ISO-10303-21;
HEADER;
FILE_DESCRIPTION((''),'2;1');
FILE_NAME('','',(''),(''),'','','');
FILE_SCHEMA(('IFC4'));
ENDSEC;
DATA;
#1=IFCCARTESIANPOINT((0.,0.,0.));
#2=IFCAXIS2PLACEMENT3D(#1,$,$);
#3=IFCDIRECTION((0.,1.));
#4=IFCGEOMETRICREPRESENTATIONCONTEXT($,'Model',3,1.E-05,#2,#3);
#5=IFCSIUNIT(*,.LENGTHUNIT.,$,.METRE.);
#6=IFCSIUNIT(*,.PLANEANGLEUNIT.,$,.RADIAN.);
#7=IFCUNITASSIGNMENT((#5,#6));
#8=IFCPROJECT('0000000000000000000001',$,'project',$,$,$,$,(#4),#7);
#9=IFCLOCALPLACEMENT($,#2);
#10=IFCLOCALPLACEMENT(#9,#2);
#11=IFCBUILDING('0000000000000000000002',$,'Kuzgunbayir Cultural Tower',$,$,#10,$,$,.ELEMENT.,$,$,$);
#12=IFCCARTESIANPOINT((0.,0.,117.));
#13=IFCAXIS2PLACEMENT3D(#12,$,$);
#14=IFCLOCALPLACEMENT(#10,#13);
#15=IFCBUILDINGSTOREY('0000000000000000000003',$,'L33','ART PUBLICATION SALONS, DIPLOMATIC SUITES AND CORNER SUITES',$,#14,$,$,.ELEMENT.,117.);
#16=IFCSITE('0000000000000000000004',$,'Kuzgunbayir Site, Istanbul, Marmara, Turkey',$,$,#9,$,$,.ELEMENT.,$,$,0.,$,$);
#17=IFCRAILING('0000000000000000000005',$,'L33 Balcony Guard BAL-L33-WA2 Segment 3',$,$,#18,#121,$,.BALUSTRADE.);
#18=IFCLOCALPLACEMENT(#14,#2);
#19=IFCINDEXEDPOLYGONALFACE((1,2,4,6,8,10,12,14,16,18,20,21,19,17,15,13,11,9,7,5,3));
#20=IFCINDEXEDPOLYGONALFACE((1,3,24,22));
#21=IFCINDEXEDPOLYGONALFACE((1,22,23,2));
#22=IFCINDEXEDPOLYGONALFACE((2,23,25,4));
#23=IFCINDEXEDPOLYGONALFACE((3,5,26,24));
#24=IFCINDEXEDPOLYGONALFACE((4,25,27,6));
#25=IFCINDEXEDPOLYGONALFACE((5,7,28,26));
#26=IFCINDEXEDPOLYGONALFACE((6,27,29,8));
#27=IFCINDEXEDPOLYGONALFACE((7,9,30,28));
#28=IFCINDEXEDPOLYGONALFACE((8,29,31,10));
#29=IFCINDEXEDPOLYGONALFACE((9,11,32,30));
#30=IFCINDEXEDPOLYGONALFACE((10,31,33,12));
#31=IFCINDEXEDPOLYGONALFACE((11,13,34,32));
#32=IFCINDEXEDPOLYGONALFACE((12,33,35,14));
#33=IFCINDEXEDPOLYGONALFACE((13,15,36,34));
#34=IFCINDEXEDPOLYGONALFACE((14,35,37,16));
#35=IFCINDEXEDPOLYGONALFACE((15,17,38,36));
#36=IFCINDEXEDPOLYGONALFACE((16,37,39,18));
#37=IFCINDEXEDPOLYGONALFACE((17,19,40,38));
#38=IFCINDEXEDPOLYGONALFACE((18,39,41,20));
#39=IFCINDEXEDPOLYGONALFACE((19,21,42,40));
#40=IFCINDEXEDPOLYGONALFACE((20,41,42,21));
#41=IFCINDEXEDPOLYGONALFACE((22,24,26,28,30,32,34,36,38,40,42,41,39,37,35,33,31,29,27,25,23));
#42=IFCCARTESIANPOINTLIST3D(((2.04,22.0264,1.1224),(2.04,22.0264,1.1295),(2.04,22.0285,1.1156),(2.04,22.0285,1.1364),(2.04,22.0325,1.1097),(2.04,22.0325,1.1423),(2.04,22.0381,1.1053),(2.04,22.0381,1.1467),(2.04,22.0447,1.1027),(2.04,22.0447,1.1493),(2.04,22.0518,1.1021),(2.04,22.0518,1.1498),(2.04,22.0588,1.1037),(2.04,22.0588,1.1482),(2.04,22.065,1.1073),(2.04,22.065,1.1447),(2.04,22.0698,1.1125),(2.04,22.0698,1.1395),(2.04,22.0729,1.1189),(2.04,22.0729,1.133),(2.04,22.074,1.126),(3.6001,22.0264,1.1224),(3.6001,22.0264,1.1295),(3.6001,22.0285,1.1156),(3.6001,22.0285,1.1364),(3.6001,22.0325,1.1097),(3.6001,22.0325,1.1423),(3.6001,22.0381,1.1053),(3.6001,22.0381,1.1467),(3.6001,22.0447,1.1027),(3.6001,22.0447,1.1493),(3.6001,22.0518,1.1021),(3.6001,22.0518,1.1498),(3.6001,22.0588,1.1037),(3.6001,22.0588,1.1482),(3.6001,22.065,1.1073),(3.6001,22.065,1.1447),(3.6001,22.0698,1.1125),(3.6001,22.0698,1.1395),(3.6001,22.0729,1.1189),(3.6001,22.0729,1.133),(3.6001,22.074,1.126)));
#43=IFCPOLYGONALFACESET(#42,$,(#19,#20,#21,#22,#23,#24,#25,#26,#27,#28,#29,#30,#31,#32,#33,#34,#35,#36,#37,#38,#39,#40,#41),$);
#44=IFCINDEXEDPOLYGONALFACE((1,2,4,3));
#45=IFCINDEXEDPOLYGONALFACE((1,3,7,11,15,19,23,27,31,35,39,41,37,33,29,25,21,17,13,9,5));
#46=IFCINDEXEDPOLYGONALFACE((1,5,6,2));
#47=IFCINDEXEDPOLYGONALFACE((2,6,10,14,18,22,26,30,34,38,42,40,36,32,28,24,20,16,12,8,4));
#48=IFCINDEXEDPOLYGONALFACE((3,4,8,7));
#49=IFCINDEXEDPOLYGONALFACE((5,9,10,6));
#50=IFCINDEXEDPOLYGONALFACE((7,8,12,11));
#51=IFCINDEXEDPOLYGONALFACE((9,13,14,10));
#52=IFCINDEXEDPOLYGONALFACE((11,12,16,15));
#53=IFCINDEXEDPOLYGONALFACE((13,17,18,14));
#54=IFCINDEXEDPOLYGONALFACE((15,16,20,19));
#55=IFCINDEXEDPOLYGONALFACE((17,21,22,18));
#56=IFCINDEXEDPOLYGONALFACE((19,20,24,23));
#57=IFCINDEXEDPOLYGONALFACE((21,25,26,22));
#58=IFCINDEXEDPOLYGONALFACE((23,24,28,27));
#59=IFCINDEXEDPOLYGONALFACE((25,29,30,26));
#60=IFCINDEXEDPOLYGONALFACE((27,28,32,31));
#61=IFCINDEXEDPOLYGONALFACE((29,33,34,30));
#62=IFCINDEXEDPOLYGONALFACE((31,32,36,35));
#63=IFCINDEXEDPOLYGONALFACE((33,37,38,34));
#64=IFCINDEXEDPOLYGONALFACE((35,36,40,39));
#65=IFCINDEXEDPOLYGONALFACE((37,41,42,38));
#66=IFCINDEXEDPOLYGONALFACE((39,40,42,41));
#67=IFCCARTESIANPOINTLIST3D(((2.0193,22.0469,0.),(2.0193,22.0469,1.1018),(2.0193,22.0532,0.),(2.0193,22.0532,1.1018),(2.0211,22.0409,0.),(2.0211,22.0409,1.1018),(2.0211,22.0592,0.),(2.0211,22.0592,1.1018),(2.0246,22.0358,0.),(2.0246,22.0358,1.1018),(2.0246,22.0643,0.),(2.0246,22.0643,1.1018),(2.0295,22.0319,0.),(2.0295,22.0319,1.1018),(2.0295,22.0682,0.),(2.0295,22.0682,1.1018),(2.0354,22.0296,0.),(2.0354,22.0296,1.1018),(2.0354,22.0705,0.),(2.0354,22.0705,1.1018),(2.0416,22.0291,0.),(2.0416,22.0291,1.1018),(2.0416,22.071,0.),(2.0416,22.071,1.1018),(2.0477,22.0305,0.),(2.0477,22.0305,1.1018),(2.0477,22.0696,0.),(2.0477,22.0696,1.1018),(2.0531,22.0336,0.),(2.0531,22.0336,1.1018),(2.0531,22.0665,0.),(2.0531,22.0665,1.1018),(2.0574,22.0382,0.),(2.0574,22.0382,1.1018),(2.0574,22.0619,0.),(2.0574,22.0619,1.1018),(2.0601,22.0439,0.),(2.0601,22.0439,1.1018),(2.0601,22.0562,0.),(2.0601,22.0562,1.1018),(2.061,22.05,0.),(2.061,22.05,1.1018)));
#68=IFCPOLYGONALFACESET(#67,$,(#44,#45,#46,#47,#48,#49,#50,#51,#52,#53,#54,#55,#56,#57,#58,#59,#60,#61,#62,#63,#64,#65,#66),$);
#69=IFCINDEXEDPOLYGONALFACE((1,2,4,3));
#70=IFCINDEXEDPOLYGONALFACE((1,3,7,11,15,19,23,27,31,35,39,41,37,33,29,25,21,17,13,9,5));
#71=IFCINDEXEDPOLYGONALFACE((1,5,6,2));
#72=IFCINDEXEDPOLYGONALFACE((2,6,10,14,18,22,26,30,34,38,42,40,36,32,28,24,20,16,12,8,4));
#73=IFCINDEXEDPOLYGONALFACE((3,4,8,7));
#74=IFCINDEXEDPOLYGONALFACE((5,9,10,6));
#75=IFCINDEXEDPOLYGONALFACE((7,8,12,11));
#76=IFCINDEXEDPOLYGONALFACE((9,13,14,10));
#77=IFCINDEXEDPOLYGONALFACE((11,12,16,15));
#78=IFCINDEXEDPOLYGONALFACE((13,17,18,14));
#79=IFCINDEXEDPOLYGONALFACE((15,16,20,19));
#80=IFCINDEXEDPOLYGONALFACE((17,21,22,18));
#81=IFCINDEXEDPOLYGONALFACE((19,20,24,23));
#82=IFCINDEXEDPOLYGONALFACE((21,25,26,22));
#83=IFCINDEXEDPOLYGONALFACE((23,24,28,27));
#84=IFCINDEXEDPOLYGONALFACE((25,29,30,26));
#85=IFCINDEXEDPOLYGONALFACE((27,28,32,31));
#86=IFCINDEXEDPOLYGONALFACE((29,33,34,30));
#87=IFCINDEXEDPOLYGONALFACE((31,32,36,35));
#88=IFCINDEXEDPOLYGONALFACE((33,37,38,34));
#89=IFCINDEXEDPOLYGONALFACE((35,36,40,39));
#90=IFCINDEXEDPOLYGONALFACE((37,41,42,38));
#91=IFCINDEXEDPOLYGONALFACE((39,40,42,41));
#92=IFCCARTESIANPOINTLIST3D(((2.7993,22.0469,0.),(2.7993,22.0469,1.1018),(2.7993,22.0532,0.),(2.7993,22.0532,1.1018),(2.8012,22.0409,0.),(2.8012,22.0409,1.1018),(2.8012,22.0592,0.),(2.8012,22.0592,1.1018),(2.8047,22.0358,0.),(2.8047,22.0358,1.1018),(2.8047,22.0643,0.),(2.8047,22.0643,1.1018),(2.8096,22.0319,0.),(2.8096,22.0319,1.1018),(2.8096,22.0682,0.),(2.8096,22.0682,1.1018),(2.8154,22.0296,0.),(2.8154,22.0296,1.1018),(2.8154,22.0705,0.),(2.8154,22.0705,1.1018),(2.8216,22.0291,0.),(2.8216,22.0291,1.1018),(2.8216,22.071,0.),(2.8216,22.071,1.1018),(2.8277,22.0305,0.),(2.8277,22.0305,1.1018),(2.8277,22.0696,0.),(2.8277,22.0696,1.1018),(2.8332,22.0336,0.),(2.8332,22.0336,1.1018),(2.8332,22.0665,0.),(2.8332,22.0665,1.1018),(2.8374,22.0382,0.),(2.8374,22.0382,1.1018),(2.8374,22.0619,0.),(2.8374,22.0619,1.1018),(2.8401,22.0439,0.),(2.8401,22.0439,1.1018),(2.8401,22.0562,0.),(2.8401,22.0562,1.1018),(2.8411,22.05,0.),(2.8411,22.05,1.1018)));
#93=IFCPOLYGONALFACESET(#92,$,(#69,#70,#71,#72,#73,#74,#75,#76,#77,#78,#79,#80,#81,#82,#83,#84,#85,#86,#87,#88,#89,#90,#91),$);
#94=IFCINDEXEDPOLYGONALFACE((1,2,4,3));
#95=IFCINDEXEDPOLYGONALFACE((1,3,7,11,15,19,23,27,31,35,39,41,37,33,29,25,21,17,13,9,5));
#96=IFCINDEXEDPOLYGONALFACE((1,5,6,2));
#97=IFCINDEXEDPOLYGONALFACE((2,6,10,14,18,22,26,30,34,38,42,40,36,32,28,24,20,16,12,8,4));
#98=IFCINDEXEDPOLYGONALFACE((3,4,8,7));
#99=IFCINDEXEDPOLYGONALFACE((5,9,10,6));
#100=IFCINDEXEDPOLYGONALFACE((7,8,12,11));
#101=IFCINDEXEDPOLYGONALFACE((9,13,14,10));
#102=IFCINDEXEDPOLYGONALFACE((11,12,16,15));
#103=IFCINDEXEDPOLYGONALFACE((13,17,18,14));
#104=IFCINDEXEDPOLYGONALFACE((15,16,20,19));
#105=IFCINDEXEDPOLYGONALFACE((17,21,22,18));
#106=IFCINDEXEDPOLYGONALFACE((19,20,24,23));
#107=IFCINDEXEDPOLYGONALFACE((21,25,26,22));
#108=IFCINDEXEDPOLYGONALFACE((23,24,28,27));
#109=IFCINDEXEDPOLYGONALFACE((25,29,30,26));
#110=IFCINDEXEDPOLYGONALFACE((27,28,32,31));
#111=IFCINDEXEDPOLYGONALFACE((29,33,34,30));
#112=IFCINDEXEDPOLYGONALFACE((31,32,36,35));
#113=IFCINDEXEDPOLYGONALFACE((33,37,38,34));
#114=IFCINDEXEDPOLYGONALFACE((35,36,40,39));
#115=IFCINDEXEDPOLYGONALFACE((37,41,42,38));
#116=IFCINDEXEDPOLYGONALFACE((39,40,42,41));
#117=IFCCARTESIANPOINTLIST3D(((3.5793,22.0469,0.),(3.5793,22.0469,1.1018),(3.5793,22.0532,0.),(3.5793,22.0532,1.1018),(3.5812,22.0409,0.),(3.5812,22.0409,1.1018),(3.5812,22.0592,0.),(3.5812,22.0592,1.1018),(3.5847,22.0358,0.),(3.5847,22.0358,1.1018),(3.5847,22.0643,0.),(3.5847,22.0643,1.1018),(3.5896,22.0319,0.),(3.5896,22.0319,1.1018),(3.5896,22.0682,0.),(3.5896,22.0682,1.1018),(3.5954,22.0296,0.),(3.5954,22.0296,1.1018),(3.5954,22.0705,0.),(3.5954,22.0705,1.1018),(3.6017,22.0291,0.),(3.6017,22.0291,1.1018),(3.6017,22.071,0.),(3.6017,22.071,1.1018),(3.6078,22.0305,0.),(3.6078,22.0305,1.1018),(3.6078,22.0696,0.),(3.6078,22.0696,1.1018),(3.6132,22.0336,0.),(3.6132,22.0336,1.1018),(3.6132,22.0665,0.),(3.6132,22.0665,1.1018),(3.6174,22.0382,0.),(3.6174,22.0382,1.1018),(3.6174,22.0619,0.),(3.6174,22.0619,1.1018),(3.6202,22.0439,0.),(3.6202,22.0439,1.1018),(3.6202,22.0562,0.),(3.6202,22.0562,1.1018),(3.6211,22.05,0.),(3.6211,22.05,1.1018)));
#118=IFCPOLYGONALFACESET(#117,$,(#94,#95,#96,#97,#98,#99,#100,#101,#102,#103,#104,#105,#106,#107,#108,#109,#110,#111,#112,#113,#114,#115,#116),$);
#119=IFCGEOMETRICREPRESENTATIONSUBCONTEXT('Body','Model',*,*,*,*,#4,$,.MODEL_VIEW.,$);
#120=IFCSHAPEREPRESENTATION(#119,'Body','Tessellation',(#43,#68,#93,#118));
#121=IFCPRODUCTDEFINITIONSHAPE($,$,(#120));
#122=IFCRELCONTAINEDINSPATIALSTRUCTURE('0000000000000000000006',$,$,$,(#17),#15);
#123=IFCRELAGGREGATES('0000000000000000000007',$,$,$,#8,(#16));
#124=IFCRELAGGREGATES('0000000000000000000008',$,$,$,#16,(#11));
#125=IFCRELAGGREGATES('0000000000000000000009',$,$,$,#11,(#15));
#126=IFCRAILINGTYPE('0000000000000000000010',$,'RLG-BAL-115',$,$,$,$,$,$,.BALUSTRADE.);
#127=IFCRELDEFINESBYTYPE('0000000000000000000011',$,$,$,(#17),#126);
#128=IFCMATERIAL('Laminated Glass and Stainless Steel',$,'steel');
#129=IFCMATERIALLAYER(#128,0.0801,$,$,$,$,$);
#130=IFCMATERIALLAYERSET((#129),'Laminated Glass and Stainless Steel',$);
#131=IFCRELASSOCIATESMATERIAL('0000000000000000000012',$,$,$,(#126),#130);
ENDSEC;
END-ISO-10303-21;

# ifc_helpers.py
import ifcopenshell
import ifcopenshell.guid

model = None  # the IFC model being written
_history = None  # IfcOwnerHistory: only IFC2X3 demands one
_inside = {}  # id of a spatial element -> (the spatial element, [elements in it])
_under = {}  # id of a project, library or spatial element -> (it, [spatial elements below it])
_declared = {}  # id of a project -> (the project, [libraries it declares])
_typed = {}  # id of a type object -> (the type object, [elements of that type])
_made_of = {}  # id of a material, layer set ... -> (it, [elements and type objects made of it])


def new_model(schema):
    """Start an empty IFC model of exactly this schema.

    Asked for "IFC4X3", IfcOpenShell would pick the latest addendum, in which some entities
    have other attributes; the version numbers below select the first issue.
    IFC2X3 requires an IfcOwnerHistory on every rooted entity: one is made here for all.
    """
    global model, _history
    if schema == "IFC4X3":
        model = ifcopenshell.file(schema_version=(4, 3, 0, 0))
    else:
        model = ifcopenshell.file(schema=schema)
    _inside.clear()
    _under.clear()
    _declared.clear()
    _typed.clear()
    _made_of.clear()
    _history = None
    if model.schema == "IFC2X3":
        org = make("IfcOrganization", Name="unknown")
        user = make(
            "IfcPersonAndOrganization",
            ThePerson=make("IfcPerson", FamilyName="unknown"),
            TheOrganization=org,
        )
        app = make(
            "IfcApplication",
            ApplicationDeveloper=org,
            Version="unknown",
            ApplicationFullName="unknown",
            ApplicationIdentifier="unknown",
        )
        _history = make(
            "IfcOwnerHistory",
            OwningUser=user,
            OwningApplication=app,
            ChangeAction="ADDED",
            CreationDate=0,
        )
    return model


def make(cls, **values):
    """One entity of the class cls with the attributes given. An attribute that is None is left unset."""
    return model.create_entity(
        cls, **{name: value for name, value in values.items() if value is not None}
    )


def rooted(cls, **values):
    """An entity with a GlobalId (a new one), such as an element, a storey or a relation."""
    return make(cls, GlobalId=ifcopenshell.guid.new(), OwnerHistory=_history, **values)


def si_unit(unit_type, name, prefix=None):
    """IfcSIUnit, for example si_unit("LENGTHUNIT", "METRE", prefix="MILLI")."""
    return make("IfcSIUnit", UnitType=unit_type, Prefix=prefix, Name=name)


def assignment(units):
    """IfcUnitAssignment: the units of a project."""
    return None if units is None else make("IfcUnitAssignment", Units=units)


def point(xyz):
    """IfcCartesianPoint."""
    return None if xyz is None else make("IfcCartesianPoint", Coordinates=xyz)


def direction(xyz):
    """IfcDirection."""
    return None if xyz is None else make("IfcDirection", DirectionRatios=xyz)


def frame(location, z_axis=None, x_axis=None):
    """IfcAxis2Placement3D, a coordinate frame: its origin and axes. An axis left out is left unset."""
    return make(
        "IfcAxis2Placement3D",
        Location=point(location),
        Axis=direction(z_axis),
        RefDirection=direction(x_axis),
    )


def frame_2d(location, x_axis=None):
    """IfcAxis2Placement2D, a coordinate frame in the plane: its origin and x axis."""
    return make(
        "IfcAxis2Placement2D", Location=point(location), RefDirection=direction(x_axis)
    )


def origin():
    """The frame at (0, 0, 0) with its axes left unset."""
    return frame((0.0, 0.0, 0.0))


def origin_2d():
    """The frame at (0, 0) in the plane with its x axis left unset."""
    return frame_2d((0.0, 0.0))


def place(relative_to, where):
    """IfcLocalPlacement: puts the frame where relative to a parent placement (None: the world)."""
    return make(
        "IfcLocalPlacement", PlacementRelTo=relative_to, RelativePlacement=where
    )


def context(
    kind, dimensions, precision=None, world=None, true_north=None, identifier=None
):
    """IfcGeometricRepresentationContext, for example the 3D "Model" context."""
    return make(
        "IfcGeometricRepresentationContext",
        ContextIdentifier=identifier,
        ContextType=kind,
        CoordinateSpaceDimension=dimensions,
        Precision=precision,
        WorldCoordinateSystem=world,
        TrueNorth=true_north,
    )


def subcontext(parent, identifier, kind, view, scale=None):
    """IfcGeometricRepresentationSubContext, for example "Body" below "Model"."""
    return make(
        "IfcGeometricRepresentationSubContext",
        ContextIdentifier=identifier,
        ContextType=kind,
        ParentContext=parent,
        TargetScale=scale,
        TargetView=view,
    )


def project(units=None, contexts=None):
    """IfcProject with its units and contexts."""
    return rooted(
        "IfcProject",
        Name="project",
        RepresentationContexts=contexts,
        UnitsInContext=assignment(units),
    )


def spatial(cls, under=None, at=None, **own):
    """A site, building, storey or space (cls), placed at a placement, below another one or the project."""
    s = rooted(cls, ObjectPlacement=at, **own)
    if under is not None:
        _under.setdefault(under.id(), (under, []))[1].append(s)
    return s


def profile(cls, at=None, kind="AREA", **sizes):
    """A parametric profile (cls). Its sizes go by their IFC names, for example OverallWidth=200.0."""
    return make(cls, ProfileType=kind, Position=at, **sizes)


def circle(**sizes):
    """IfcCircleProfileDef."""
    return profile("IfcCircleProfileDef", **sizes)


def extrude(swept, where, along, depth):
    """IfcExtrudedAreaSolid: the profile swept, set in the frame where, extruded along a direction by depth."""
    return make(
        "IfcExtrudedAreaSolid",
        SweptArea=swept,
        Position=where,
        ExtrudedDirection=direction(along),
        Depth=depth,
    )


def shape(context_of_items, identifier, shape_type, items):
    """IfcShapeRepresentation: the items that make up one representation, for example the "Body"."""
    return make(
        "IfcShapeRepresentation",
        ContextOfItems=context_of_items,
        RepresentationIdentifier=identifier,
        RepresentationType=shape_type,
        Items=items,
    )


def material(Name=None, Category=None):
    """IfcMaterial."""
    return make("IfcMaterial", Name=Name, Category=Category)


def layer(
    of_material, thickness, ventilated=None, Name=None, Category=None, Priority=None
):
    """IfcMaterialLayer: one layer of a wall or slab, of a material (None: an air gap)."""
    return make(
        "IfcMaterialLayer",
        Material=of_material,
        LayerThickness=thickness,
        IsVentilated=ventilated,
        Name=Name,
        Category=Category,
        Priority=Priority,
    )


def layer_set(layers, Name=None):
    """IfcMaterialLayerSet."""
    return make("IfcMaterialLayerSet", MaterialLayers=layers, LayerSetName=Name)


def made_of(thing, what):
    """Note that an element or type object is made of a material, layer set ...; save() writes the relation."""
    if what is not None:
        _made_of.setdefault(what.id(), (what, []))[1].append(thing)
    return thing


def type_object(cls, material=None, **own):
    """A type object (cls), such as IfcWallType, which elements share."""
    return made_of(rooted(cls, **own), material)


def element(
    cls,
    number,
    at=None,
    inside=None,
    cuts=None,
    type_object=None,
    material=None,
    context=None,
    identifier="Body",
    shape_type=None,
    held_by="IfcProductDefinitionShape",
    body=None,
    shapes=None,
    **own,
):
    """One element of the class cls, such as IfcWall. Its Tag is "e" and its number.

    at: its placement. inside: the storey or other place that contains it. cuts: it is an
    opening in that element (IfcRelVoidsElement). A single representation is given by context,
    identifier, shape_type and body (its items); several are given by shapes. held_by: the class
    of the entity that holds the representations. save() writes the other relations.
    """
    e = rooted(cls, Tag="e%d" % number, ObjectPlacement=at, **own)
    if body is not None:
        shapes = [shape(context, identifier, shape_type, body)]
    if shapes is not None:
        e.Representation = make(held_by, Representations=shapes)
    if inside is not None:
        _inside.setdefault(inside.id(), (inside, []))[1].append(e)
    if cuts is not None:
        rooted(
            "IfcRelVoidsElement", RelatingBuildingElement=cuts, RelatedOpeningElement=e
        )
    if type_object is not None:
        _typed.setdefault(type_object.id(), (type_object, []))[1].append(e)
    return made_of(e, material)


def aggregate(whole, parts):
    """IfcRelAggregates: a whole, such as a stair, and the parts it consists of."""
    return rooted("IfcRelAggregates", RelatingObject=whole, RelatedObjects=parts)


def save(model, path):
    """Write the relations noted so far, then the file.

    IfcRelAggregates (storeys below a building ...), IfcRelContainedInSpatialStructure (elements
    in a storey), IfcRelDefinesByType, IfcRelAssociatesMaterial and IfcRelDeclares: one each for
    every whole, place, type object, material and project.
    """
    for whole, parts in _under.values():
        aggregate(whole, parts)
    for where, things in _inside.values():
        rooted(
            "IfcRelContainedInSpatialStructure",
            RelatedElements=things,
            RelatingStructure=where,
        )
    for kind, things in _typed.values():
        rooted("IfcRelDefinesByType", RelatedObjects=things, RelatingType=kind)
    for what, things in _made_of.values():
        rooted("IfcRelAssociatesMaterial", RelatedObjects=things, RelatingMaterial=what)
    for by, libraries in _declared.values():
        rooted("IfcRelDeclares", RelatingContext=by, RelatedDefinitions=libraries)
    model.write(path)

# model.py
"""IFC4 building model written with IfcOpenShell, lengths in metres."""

from ifc_helpers import new_model, si_unit, direction, frame, origin, origin_2d, place, context, subcontext, project, spatial, circle, extrude, material, layer, layer_set, type_object, element, save


model = new_model("IFC4")

# Units and contexts
model_context = context("Model", 3, precision=1e-05, world=origin(), true_north=direction((0.0, 1.0)))
body_context = subcontext(model_context, "Body", "Model", "MODEL_VIEW")
ifc_project = project(units=[si_unit("LENGTHUNIT", "METRE"), si_unit("PLANEANGLEUNIT", "RADIAN")], contexts=[model_context])

# Site, building, storey
site_placement = place(None, origin())
site = spatial("IfcSite", under=ifc_project, at=site_placement, Name="Kuzgunbayir Site, Istanbul, Marmara, Turkey", CompositionType="ELEMENT", RefElevation=0.0)
building_placement = place(site_placement, origin())
building = spatial("IfcBuilding", under=site, at=building_placement, Name="Kuzgunbayir Cultural Tower", CompositionType="ELEMENT")
storey_placement = place(building_placement, frame((0.0, 0.0, 117.0)))
storey = spatial("IfcBuildingStorey", under=building, at=storey_placement, Name="L33", Description="ART PUBLICATION SALONS, DIPLOMATIC SUITES AND CORNER SUITES", CompositionType="ELEMENT", Elevation=117.0)

# Railing
ifc_material_1 = material(Name="Laminated Glass and Stainless Steel", Category="steel")
ifc_layer_1 = layer(ifc_material_1, 0.0801)
ifc_layer_set_1 = layer_set([ifc_layer_1], Name="Laminated Glass and Stainless Steel")
railing_type = type_object("IfcRailingType", Name="RLG-BAL-115", PredefinedType="BALUSTRADE", material=ifc_layer_set_1)
railing_1_placement = place(storey_placement, frame((2.04, 22.05, 0.0)))
element("IfcRailing", 1, at=railing_1_placement, inside=storey, type_object=railing_type, Name="L33 Balcony Guard BAL-L33-WA2 Segment 3", PredefinedType="BALUSTRADE", context=body_context, shape_type="SweptSolid", body=[
    extrude(circle(Radius=0.0239, at=origin_2d()), frame((0.0, 0.0, 1.126), z_axis=(1.0, 0.0, 0.0), x_axis=(0.0, 1.0, 0.0)), (0.0, 0.0, 1.0), 1.5601),
    extrude(circle(Radius=0.021, at=origin_2d()), origin(), (0.0, 0.0, 1.0), 1.1018),
    extrude(circle(Radius=0.021, at=origin_2d()), frame((0.78, 0.0, 0.0)), (0.0, 0.0, 1.0), 1.1018),
    extrude(circle(Radius=0.021, at=origin_2d()), frame((1.5601, 0.0, 0.0)), (0.0, 0.0, 1.0), 1.1018),
])

save(model, "model.ifc")
